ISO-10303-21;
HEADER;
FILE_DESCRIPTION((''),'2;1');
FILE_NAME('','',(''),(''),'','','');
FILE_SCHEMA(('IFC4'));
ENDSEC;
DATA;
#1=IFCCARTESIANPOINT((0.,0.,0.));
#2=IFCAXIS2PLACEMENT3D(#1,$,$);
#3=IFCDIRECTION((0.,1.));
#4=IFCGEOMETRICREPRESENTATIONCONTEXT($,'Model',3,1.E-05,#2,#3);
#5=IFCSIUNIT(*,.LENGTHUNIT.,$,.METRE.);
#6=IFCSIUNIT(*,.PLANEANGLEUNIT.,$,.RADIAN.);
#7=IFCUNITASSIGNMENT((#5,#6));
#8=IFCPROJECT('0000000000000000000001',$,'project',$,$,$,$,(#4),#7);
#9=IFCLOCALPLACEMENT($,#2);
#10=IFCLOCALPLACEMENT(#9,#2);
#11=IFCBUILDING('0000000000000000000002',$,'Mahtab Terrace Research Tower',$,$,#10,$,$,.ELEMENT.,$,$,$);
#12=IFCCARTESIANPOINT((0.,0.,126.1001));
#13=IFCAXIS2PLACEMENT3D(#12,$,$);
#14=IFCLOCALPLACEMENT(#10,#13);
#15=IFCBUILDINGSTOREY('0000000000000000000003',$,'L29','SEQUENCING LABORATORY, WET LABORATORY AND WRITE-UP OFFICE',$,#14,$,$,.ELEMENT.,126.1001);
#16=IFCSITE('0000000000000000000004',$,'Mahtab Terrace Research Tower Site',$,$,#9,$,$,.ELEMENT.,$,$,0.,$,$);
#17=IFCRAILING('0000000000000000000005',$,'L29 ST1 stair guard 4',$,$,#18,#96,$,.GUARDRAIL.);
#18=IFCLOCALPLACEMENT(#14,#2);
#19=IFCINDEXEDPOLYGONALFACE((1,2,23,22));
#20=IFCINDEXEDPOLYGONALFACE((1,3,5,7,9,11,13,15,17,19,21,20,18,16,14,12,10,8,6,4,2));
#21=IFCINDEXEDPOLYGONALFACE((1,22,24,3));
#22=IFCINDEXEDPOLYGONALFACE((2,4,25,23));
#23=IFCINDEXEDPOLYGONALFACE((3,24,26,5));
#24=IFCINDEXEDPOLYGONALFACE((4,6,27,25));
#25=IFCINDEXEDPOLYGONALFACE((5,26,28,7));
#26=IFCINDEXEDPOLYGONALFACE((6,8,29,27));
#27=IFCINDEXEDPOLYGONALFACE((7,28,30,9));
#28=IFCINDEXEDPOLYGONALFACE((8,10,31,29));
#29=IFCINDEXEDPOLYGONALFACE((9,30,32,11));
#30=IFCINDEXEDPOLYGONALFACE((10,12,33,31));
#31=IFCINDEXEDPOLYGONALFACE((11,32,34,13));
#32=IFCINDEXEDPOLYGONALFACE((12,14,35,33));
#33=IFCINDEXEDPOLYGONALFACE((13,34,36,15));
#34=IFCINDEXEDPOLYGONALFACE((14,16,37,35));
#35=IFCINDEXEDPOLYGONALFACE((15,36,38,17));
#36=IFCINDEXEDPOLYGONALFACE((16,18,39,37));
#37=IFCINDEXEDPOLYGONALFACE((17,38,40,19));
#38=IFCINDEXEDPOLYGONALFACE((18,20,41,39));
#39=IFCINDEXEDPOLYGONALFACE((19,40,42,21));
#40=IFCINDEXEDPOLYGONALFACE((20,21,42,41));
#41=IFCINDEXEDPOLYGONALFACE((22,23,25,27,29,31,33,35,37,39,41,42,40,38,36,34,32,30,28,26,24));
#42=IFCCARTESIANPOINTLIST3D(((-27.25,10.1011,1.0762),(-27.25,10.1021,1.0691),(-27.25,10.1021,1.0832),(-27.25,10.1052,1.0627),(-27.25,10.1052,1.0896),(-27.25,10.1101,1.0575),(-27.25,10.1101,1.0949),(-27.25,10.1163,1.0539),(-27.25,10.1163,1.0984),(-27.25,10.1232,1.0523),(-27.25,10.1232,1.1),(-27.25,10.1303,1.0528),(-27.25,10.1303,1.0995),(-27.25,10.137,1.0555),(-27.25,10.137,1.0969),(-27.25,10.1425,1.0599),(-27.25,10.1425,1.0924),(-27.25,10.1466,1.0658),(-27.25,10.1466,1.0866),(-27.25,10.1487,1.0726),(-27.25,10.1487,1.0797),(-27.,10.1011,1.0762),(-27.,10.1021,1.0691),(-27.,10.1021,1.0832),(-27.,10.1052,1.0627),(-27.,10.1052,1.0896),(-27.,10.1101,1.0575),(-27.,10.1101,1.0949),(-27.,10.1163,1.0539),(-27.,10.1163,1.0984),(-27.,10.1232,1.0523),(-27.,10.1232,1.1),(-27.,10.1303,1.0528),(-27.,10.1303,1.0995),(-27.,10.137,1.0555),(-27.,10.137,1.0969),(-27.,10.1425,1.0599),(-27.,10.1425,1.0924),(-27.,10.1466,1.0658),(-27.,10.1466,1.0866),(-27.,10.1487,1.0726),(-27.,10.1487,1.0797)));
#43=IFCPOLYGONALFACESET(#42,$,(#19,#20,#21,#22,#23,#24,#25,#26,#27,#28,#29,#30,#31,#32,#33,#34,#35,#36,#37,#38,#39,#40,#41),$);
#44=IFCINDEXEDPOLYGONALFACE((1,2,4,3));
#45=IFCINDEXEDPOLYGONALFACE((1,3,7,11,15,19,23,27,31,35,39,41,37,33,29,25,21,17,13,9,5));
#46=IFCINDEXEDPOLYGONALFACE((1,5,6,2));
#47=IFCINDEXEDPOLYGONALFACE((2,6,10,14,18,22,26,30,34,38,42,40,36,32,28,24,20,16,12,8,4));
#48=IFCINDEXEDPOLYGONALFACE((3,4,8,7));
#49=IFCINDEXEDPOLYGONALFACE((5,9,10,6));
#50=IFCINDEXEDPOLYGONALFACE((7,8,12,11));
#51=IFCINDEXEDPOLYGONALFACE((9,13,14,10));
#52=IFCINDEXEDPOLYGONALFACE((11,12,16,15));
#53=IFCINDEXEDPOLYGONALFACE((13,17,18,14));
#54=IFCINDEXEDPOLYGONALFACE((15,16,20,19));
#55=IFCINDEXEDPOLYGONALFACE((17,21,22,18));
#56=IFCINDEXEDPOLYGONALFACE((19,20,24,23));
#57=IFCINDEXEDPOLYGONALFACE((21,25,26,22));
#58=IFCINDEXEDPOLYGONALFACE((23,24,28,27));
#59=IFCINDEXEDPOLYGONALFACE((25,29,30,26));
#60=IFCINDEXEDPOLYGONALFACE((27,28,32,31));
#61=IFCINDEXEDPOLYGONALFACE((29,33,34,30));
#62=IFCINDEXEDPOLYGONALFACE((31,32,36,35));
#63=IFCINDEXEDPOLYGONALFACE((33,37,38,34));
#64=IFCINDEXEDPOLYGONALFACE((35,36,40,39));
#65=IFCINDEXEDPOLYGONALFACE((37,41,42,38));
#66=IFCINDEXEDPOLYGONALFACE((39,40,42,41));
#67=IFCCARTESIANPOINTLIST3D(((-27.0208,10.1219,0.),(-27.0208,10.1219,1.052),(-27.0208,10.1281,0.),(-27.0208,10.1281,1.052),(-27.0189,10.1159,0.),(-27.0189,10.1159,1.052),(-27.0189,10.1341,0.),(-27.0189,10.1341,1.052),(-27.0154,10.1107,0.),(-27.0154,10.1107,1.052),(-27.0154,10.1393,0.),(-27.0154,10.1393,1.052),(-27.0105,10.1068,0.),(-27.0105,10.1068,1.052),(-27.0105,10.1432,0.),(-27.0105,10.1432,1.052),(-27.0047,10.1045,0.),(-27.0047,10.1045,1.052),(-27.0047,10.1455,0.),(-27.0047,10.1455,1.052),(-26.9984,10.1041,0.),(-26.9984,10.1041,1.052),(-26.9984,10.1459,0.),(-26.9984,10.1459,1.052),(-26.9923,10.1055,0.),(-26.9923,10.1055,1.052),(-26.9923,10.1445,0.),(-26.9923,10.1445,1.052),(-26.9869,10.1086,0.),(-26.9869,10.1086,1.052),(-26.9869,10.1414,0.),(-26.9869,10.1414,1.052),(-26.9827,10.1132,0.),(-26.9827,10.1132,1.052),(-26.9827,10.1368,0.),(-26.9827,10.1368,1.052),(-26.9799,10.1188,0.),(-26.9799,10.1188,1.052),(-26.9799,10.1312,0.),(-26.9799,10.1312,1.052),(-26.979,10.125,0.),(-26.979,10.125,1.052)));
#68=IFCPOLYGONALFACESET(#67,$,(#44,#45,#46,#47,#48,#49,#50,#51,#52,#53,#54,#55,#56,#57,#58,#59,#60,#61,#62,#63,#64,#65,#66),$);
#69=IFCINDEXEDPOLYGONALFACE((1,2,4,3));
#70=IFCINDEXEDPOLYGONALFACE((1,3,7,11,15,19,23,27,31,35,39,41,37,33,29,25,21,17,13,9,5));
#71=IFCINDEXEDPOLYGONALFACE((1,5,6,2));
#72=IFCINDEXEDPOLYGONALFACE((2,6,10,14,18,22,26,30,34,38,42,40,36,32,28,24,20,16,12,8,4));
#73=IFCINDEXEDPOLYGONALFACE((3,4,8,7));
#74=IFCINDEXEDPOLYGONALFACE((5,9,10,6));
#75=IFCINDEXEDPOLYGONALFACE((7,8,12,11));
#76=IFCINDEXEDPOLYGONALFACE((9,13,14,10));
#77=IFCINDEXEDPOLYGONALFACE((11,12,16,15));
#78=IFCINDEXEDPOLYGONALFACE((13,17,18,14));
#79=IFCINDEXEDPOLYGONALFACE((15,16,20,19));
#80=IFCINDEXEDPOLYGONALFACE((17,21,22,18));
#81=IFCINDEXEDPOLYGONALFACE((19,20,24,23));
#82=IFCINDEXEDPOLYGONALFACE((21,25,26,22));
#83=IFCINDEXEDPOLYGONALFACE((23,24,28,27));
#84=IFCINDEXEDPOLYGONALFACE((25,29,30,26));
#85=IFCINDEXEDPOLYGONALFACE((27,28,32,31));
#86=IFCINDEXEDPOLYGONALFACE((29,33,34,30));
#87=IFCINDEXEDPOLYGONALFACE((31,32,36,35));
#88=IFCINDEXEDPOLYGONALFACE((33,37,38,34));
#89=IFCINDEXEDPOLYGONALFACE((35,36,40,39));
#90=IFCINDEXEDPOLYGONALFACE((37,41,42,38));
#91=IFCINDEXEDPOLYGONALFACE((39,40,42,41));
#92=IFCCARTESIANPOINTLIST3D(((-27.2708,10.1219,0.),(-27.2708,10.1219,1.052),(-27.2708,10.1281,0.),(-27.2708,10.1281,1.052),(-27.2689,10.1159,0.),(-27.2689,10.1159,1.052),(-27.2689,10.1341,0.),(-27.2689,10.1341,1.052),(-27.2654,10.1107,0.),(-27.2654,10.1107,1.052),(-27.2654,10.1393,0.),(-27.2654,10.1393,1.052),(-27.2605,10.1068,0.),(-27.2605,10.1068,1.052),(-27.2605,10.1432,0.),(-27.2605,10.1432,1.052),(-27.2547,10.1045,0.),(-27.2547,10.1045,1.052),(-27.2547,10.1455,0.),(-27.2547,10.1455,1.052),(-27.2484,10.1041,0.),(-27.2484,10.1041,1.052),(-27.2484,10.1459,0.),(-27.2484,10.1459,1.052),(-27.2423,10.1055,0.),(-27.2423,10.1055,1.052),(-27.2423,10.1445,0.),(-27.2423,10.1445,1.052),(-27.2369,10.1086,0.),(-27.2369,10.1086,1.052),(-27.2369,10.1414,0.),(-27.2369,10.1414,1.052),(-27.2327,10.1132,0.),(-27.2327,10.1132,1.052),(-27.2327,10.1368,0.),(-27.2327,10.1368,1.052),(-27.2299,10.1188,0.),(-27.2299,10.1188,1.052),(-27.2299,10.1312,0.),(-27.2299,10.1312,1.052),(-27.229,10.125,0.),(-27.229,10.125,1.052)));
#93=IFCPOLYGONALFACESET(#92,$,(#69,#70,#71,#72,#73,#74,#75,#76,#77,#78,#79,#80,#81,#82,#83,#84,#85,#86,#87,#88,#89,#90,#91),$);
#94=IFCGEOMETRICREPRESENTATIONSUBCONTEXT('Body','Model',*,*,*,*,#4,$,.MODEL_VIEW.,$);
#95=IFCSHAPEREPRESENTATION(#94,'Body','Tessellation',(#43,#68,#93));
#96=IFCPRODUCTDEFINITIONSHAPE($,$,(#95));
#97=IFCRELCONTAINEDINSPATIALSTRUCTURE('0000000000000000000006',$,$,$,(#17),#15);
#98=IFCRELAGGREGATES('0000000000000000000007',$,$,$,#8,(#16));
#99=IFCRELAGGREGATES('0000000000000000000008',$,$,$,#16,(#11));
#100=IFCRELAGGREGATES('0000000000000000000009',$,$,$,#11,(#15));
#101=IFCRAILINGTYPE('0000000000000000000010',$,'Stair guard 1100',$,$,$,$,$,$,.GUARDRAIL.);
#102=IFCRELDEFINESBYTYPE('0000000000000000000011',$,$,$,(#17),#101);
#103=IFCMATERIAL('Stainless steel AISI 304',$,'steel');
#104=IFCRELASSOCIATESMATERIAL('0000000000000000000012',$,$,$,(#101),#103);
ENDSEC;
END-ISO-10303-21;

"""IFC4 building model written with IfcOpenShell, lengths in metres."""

from ifc_helpers import new_model, si_unit, direction, frame, origin, origin_2d, place, context, subcontext, project, spatial, circle, extrude, material, type_object, element, save


model = new_model("IFC4")

# Units and contexts
model_context = context("Model", 3, precision=1e-05, world=origin(), true_north=direction((0.0, 1.0)))
body_context = subcontext(model_context, "Body", "Model", "MODEL_VIEW")
ifc_project = project(units=[si_unit("LENGTHUNIT", "METRE"), si_unit("PLANEANGLEUNIT", "RADIAN")], contexts=[model_context])

# Site, building, storey
site_placement = place(None, origin())
site = spatial("IfcSite", under=ifc_project, at=site_placement, Name="Mahtab Terrace Research Tower Site", CompositionType="ELEMENT", RefElevation=0.0)
building_placement = place(site_placement, origin())
building = spatial("IfcBuilding", under=site, at=building_placement, Name="Mahtab Terrace Research Tower", CompositionType="ELEMENT")
storey_placement = place(building_placement, frame((0.0, 0.0, 126.1001)))
storey = spatial("IfcBuildingStorey", under=building, at=storey_placement, Name="L29", Description="SEQUENCING LABORATORY, WET LABORATORY AND WRITE-UP OFFICE", CompositionType="ELEMENT", Elevation=126.1001)

# Railing
ifc_material_1 = material(Name="Stainless steel AISI 304", Category="steel")
railing_type_1 = type_object("IfcRailingType", Name="Stair guard 1100", PredefinedType="GUARDRAIL", material=ifc_material_1)
railing_1_placement = place(storey_placement, frame((-27.0, 10.125, 0.0)))
element("IfcRailing", 1, at=railing_1_placement, inside=storey, type_object=railing_type_1, Name="L29 ST1 stair guard 4", PredefinedType="GUARDRAIL", context=body_context, shape_type="SweptSolid", body=[
    extrude(circle(Radius=0.0239, at=origin_2d()), frame((0.0, 0.0, 1.0762), z_axis=(-1.0, 0.0, 0.0), x_axis=(0.0, -1.0, 0.0)), (0.0, 0.0, 1.0), 0.25),
    extrude(circle(Radius=0.021, at=origin_2d()), origin(), (0.0, 0.0, 1.0), 1.052),
    extrude(circle(Radius=0.021, at=origin_2d()), frame((-0.25, 0.0, 0.0)), (0.0, 0.0, 1.0), 1.052),
])

save(model, "model.ifc")
